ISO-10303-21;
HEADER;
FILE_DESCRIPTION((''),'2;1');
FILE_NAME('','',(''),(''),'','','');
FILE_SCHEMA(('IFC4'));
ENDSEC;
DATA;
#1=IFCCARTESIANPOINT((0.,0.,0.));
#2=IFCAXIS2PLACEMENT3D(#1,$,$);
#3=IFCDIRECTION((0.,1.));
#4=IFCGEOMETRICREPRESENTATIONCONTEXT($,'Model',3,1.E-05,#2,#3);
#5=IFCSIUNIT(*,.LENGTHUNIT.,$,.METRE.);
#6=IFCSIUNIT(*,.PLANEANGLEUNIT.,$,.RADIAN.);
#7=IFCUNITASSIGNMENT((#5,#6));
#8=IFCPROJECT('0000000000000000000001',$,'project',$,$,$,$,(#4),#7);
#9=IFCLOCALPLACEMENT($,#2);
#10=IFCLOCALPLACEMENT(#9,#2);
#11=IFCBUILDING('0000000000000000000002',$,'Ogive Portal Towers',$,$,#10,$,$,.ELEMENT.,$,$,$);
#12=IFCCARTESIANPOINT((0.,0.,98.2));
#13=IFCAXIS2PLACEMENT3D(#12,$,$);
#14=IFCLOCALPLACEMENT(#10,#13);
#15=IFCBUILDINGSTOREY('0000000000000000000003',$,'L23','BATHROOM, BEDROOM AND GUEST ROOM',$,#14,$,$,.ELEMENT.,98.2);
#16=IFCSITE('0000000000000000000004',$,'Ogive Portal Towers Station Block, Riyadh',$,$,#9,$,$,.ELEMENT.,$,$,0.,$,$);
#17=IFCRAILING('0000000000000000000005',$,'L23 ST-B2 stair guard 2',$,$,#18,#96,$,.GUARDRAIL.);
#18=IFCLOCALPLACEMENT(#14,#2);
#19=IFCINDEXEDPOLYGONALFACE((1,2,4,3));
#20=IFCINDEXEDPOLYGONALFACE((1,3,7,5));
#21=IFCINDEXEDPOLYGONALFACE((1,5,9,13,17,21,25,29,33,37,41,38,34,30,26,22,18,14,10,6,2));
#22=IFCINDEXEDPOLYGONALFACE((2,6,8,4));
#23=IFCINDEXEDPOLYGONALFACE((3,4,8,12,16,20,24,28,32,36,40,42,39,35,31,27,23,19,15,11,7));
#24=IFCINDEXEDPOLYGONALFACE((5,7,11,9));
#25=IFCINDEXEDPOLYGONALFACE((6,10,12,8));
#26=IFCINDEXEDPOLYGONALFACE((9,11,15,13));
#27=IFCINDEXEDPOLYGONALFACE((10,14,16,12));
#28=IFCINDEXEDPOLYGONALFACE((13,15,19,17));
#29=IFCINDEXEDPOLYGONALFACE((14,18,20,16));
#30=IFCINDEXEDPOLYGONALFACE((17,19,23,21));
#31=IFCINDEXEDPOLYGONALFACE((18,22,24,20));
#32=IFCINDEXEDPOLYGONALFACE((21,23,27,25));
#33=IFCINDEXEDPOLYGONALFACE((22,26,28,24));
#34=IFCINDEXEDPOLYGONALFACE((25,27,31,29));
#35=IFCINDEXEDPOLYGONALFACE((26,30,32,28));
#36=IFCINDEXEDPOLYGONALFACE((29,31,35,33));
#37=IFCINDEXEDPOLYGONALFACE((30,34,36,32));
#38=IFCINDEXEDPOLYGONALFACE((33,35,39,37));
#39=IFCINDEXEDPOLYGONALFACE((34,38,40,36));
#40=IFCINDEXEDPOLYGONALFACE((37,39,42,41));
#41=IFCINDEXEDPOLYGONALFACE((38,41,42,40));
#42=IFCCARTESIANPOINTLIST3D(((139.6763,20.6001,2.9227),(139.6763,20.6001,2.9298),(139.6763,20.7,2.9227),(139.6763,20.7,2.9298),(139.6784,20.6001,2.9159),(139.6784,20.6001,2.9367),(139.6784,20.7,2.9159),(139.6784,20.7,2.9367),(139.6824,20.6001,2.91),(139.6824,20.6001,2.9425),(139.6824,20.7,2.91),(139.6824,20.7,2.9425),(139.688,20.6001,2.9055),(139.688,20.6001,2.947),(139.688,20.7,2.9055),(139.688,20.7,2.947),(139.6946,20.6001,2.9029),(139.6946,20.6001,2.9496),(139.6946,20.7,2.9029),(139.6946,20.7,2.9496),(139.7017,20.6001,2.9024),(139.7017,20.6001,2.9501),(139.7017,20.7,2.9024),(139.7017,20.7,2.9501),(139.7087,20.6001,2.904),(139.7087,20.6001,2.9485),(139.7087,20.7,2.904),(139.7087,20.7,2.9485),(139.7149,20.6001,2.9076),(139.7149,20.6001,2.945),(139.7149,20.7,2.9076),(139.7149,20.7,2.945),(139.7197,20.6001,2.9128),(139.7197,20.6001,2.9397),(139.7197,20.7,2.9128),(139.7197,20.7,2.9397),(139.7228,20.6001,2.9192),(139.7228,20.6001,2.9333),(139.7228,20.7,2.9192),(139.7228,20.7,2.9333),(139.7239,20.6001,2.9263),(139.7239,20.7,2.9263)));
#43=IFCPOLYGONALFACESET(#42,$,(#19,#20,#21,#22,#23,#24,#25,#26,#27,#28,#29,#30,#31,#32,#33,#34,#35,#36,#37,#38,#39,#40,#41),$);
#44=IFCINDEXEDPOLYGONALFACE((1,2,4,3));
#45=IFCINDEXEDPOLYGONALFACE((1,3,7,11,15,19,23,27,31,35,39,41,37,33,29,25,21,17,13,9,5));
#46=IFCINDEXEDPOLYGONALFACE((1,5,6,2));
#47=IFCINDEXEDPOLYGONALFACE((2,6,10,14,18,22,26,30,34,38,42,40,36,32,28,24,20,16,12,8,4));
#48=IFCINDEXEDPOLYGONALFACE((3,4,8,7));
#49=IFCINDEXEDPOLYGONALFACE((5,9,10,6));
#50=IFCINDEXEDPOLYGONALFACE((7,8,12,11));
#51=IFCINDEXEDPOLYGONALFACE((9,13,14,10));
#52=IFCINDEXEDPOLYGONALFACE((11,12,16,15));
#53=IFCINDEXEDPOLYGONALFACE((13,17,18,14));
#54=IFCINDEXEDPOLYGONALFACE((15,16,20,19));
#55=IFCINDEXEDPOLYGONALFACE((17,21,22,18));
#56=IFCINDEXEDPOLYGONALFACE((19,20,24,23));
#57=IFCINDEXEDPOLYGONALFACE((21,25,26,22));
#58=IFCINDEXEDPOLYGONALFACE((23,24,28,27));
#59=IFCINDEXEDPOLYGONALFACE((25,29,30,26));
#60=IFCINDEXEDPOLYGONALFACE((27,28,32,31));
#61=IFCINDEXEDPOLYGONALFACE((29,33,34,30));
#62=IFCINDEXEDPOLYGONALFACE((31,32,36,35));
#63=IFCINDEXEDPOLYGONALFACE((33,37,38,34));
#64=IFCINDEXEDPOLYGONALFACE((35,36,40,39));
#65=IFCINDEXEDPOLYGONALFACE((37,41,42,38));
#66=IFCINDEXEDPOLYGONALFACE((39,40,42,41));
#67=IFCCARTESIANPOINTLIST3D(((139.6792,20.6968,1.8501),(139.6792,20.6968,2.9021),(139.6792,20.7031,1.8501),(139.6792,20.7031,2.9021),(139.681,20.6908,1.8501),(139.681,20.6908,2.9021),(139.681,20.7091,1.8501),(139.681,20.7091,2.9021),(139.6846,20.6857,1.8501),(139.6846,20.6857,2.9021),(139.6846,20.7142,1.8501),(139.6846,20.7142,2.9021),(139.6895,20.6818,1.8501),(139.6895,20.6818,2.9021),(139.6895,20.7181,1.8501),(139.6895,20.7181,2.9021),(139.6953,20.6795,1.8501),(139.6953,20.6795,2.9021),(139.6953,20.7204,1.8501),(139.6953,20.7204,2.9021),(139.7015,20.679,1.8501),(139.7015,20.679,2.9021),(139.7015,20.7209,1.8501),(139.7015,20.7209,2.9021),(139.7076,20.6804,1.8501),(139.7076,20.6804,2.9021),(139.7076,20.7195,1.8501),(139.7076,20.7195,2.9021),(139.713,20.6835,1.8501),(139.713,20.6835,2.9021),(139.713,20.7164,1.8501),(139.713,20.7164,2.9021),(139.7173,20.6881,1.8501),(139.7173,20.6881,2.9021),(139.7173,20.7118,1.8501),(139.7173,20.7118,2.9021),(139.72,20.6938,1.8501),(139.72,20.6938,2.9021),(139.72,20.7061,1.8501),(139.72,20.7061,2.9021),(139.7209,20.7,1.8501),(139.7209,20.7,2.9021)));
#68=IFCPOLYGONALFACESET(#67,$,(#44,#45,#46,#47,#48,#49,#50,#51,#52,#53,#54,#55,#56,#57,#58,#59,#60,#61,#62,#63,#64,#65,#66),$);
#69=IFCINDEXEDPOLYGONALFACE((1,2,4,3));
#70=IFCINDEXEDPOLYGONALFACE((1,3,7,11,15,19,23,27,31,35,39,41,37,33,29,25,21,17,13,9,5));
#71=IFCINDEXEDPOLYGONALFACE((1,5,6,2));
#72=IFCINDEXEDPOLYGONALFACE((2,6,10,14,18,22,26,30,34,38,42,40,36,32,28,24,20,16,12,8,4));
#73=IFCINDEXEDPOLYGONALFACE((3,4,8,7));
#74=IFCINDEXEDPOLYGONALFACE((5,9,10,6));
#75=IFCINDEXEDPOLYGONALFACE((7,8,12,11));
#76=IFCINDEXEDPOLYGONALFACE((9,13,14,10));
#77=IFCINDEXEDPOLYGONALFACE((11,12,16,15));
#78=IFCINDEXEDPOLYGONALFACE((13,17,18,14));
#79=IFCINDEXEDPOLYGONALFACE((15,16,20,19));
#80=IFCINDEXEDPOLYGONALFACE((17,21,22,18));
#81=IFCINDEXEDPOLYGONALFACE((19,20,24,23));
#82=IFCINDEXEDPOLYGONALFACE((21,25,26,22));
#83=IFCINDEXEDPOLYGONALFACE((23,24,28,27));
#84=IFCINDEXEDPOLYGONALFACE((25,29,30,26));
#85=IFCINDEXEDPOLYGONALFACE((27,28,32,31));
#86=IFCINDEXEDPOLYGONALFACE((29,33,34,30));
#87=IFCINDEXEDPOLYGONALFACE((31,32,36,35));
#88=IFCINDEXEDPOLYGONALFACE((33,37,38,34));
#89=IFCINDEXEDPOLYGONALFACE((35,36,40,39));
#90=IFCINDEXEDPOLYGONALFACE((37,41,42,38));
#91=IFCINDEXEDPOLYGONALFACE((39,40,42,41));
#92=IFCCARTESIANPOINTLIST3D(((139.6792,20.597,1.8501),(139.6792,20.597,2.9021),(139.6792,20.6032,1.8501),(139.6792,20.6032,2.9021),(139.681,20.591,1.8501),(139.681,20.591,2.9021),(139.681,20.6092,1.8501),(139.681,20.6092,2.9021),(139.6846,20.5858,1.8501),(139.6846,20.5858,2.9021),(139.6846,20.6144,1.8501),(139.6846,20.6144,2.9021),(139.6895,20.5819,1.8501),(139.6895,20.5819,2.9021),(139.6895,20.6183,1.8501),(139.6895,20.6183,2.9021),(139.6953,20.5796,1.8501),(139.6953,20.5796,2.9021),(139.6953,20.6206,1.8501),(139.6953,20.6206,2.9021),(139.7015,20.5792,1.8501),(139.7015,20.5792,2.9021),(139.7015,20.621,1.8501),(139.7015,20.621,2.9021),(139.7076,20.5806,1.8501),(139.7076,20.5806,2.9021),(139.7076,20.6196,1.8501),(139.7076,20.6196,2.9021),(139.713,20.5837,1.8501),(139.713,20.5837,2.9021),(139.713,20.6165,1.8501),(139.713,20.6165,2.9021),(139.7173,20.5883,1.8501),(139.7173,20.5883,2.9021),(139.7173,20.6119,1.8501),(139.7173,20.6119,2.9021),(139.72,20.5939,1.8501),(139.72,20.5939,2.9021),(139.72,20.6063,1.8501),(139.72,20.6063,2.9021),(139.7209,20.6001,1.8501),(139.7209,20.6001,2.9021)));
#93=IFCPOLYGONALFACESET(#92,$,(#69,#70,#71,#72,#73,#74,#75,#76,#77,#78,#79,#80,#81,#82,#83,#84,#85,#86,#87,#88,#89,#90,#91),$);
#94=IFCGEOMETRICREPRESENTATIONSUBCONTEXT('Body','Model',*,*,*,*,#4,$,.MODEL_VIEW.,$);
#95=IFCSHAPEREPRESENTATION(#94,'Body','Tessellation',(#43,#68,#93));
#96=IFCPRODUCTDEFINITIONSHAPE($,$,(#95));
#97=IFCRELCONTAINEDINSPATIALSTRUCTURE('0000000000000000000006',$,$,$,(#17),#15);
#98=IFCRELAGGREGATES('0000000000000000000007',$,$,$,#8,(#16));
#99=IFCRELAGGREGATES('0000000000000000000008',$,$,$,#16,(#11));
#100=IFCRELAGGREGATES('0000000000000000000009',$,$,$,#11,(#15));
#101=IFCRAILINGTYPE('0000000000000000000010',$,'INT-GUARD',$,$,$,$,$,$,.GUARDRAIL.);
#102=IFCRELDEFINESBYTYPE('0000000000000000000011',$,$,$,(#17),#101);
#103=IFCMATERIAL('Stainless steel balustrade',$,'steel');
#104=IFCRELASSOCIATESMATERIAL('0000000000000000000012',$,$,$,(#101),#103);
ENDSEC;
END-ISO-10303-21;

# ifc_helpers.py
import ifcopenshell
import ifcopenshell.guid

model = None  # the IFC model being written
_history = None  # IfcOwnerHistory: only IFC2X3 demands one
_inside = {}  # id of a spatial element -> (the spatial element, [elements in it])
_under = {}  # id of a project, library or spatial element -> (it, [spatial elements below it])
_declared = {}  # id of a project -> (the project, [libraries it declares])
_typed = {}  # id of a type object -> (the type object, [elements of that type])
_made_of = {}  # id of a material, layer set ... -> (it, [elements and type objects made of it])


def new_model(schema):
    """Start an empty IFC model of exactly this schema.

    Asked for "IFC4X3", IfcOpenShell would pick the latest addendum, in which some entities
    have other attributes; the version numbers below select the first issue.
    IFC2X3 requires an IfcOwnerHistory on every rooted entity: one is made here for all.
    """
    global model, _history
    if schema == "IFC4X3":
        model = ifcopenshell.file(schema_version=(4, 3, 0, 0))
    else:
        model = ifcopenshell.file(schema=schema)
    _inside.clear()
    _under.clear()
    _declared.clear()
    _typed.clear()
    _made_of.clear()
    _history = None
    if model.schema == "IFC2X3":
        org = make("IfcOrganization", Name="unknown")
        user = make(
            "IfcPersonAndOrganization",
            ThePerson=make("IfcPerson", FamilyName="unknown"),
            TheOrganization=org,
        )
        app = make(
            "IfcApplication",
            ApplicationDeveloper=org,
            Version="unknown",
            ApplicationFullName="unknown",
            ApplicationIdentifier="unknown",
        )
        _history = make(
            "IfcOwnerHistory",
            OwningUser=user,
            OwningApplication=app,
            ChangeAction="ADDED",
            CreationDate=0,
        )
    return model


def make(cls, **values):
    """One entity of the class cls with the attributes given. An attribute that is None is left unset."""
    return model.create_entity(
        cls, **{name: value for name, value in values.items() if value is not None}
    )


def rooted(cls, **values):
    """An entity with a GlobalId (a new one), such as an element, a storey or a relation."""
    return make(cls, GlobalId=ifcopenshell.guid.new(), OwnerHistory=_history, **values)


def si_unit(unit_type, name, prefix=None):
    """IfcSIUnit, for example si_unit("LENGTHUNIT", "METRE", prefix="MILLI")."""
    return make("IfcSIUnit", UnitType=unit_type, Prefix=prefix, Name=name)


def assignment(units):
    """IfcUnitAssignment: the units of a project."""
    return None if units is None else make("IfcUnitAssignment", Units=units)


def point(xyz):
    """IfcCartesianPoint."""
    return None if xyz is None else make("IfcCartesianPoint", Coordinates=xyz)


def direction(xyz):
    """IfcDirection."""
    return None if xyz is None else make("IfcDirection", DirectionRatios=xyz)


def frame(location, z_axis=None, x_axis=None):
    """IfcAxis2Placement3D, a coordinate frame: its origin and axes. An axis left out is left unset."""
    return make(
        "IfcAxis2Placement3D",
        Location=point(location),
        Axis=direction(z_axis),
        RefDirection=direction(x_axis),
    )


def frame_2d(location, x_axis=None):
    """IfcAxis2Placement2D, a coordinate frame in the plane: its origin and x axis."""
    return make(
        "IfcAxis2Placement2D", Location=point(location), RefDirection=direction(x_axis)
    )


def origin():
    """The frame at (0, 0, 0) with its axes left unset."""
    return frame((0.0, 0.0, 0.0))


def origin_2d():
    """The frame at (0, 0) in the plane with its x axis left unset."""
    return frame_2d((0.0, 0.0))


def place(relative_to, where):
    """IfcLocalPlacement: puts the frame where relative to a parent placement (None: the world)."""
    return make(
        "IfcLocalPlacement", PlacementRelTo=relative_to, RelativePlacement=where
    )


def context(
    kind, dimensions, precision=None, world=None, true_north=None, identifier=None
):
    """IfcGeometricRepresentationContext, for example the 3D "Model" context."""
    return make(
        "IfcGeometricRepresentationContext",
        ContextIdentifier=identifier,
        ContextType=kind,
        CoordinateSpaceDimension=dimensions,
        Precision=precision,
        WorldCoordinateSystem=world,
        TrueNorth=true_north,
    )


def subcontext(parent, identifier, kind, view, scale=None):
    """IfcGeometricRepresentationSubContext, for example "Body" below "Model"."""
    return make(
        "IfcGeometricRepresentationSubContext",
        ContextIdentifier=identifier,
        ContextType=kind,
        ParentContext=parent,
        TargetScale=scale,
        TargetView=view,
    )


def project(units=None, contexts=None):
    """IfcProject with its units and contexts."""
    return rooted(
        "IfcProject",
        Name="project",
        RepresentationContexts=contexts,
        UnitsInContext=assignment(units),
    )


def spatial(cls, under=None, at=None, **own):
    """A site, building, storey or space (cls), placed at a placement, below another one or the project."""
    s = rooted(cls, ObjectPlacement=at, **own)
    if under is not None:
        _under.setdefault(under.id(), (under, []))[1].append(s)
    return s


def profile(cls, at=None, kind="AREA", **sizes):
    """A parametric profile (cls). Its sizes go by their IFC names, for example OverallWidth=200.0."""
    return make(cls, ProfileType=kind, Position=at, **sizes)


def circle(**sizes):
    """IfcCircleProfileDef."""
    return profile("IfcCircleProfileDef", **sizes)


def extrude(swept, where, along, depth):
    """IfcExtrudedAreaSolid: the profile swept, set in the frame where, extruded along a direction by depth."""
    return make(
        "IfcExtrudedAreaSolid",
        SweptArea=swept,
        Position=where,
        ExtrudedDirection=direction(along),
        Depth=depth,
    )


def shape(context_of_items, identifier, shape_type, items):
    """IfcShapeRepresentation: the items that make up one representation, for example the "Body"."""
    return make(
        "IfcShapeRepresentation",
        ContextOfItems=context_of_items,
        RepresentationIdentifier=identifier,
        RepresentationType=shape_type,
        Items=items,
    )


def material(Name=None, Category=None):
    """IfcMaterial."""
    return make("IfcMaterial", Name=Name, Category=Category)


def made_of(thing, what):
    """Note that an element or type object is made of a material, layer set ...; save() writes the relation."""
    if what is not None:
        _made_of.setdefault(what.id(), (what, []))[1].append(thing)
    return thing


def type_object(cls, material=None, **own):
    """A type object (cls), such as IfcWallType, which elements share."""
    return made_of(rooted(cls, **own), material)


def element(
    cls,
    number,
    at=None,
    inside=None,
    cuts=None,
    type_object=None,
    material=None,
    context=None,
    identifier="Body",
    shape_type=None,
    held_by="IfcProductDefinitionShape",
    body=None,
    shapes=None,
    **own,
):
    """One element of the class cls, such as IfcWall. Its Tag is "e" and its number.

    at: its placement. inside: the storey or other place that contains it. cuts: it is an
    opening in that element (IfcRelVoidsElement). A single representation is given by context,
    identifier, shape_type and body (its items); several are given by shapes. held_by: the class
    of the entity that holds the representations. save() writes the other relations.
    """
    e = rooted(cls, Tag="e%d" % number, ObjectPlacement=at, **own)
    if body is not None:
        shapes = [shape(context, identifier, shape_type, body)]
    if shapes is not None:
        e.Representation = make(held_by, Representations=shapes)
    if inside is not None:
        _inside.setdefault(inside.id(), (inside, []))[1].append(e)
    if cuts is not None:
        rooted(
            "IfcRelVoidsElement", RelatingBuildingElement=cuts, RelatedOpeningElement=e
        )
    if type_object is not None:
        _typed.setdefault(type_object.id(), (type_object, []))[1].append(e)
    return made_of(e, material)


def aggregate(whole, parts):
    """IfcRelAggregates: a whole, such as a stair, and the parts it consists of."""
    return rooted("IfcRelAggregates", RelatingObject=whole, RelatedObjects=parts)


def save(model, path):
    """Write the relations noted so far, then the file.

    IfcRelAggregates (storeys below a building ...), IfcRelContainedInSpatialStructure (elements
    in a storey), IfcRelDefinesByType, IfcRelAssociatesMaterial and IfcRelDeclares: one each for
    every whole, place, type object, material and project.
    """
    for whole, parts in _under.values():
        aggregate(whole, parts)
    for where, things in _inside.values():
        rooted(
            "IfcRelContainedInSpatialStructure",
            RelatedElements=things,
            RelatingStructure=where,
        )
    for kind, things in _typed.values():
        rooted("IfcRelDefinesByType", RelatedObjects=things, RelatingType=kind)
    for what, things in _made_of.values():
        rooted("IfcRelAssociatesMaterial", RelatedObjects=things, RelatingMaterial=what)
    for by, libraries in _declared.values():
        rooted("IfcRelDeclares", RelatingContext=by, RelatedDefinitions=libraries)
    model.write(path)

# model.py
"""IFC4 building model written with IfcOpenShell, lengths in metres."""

from ifc_helpers import new_model, si_unit, direction, frame, origin, origin_2d, place, context, subcontext, project, spatial, circle, extrude, material, type_object, element, save


model = new_model("IFC4")

# Units and contexts
model_context = context("Model", 3, precision=1e-05, world=origin(), true_north=direction((0.0, 1.0)))
body_context = subcontext(model_context, "Body", "Model", "MODEL_VIEW")
ifc_project = project(units=[si_unit("LENGTHUNIT", "METRE"), si_unit("PLANEANGLEUNIT", "RADIAN")], contexts=[model_context])

# Site, building, storey
site_placement = place(None, origin())
site = spatial("IfcSite", under=ifc_project, at=site_placement, Name="Ogive Portal Towers Station Block, Riyadh", CompositionType="ELEMENT", RefElevation=0.0)
building_placement = place(site_placement, origin())
building = spatial("IfcBuilding", under=site, at=building_placement, Name="Ogive Portal Towers", CompositionType="ELEMENT")
storey_placement = place(building_placement, frame((0.0, 0.0, 98.2)))
storey = spatial("IfcBuildingStorey", under=building, at=storey_placement, Name="L23", Description="BATHROOM, BEDROOM AND GUEST ROOM", CompositionType="ELEMENT", Elevation=98.2)

# Railing
ifc_material_1 = material(Name="Stainless steel balustrade", Category="steel")
railing_type_1 = type_object("IfcRailingType", Name="INT-GUARD", PredefinedType="GUARDRAIL", material=ifc_material_1)
railing_1_placement = place(storey_placement, frame((139.7, 20.7, 1.8501)))
element("IfcRailing", 1, at=railing_1_placement, inside=storey, type_object=railing_type_1, Name="L23 ST-B2 stair guard 2", PredefinedType="GUARDRAIL", context=body_context, shape_type="SweptSolid", body=[
    extrude(circle(Radius=0.0239, at=origin_2d()), frame((0.0, 0.0, 1.0762), z_axis=(0.0, -1.0, 0.0), x_axis=(1.0, 0.0, 0.0)), (0.0, 0.0, 1.0), 0.0999),
    extrude(circle(Radius=0.021, at=origin_2d()), origin(), (0.0, 0.0, 1.0), 1.052),
    extrude(circle(Radius=0.021, at=origin_2d()), frame((0.0, -0.0999, 0.0)), (0.0, 0.0, 1.0), 1.052),
])

save(model, "model.ifc")
